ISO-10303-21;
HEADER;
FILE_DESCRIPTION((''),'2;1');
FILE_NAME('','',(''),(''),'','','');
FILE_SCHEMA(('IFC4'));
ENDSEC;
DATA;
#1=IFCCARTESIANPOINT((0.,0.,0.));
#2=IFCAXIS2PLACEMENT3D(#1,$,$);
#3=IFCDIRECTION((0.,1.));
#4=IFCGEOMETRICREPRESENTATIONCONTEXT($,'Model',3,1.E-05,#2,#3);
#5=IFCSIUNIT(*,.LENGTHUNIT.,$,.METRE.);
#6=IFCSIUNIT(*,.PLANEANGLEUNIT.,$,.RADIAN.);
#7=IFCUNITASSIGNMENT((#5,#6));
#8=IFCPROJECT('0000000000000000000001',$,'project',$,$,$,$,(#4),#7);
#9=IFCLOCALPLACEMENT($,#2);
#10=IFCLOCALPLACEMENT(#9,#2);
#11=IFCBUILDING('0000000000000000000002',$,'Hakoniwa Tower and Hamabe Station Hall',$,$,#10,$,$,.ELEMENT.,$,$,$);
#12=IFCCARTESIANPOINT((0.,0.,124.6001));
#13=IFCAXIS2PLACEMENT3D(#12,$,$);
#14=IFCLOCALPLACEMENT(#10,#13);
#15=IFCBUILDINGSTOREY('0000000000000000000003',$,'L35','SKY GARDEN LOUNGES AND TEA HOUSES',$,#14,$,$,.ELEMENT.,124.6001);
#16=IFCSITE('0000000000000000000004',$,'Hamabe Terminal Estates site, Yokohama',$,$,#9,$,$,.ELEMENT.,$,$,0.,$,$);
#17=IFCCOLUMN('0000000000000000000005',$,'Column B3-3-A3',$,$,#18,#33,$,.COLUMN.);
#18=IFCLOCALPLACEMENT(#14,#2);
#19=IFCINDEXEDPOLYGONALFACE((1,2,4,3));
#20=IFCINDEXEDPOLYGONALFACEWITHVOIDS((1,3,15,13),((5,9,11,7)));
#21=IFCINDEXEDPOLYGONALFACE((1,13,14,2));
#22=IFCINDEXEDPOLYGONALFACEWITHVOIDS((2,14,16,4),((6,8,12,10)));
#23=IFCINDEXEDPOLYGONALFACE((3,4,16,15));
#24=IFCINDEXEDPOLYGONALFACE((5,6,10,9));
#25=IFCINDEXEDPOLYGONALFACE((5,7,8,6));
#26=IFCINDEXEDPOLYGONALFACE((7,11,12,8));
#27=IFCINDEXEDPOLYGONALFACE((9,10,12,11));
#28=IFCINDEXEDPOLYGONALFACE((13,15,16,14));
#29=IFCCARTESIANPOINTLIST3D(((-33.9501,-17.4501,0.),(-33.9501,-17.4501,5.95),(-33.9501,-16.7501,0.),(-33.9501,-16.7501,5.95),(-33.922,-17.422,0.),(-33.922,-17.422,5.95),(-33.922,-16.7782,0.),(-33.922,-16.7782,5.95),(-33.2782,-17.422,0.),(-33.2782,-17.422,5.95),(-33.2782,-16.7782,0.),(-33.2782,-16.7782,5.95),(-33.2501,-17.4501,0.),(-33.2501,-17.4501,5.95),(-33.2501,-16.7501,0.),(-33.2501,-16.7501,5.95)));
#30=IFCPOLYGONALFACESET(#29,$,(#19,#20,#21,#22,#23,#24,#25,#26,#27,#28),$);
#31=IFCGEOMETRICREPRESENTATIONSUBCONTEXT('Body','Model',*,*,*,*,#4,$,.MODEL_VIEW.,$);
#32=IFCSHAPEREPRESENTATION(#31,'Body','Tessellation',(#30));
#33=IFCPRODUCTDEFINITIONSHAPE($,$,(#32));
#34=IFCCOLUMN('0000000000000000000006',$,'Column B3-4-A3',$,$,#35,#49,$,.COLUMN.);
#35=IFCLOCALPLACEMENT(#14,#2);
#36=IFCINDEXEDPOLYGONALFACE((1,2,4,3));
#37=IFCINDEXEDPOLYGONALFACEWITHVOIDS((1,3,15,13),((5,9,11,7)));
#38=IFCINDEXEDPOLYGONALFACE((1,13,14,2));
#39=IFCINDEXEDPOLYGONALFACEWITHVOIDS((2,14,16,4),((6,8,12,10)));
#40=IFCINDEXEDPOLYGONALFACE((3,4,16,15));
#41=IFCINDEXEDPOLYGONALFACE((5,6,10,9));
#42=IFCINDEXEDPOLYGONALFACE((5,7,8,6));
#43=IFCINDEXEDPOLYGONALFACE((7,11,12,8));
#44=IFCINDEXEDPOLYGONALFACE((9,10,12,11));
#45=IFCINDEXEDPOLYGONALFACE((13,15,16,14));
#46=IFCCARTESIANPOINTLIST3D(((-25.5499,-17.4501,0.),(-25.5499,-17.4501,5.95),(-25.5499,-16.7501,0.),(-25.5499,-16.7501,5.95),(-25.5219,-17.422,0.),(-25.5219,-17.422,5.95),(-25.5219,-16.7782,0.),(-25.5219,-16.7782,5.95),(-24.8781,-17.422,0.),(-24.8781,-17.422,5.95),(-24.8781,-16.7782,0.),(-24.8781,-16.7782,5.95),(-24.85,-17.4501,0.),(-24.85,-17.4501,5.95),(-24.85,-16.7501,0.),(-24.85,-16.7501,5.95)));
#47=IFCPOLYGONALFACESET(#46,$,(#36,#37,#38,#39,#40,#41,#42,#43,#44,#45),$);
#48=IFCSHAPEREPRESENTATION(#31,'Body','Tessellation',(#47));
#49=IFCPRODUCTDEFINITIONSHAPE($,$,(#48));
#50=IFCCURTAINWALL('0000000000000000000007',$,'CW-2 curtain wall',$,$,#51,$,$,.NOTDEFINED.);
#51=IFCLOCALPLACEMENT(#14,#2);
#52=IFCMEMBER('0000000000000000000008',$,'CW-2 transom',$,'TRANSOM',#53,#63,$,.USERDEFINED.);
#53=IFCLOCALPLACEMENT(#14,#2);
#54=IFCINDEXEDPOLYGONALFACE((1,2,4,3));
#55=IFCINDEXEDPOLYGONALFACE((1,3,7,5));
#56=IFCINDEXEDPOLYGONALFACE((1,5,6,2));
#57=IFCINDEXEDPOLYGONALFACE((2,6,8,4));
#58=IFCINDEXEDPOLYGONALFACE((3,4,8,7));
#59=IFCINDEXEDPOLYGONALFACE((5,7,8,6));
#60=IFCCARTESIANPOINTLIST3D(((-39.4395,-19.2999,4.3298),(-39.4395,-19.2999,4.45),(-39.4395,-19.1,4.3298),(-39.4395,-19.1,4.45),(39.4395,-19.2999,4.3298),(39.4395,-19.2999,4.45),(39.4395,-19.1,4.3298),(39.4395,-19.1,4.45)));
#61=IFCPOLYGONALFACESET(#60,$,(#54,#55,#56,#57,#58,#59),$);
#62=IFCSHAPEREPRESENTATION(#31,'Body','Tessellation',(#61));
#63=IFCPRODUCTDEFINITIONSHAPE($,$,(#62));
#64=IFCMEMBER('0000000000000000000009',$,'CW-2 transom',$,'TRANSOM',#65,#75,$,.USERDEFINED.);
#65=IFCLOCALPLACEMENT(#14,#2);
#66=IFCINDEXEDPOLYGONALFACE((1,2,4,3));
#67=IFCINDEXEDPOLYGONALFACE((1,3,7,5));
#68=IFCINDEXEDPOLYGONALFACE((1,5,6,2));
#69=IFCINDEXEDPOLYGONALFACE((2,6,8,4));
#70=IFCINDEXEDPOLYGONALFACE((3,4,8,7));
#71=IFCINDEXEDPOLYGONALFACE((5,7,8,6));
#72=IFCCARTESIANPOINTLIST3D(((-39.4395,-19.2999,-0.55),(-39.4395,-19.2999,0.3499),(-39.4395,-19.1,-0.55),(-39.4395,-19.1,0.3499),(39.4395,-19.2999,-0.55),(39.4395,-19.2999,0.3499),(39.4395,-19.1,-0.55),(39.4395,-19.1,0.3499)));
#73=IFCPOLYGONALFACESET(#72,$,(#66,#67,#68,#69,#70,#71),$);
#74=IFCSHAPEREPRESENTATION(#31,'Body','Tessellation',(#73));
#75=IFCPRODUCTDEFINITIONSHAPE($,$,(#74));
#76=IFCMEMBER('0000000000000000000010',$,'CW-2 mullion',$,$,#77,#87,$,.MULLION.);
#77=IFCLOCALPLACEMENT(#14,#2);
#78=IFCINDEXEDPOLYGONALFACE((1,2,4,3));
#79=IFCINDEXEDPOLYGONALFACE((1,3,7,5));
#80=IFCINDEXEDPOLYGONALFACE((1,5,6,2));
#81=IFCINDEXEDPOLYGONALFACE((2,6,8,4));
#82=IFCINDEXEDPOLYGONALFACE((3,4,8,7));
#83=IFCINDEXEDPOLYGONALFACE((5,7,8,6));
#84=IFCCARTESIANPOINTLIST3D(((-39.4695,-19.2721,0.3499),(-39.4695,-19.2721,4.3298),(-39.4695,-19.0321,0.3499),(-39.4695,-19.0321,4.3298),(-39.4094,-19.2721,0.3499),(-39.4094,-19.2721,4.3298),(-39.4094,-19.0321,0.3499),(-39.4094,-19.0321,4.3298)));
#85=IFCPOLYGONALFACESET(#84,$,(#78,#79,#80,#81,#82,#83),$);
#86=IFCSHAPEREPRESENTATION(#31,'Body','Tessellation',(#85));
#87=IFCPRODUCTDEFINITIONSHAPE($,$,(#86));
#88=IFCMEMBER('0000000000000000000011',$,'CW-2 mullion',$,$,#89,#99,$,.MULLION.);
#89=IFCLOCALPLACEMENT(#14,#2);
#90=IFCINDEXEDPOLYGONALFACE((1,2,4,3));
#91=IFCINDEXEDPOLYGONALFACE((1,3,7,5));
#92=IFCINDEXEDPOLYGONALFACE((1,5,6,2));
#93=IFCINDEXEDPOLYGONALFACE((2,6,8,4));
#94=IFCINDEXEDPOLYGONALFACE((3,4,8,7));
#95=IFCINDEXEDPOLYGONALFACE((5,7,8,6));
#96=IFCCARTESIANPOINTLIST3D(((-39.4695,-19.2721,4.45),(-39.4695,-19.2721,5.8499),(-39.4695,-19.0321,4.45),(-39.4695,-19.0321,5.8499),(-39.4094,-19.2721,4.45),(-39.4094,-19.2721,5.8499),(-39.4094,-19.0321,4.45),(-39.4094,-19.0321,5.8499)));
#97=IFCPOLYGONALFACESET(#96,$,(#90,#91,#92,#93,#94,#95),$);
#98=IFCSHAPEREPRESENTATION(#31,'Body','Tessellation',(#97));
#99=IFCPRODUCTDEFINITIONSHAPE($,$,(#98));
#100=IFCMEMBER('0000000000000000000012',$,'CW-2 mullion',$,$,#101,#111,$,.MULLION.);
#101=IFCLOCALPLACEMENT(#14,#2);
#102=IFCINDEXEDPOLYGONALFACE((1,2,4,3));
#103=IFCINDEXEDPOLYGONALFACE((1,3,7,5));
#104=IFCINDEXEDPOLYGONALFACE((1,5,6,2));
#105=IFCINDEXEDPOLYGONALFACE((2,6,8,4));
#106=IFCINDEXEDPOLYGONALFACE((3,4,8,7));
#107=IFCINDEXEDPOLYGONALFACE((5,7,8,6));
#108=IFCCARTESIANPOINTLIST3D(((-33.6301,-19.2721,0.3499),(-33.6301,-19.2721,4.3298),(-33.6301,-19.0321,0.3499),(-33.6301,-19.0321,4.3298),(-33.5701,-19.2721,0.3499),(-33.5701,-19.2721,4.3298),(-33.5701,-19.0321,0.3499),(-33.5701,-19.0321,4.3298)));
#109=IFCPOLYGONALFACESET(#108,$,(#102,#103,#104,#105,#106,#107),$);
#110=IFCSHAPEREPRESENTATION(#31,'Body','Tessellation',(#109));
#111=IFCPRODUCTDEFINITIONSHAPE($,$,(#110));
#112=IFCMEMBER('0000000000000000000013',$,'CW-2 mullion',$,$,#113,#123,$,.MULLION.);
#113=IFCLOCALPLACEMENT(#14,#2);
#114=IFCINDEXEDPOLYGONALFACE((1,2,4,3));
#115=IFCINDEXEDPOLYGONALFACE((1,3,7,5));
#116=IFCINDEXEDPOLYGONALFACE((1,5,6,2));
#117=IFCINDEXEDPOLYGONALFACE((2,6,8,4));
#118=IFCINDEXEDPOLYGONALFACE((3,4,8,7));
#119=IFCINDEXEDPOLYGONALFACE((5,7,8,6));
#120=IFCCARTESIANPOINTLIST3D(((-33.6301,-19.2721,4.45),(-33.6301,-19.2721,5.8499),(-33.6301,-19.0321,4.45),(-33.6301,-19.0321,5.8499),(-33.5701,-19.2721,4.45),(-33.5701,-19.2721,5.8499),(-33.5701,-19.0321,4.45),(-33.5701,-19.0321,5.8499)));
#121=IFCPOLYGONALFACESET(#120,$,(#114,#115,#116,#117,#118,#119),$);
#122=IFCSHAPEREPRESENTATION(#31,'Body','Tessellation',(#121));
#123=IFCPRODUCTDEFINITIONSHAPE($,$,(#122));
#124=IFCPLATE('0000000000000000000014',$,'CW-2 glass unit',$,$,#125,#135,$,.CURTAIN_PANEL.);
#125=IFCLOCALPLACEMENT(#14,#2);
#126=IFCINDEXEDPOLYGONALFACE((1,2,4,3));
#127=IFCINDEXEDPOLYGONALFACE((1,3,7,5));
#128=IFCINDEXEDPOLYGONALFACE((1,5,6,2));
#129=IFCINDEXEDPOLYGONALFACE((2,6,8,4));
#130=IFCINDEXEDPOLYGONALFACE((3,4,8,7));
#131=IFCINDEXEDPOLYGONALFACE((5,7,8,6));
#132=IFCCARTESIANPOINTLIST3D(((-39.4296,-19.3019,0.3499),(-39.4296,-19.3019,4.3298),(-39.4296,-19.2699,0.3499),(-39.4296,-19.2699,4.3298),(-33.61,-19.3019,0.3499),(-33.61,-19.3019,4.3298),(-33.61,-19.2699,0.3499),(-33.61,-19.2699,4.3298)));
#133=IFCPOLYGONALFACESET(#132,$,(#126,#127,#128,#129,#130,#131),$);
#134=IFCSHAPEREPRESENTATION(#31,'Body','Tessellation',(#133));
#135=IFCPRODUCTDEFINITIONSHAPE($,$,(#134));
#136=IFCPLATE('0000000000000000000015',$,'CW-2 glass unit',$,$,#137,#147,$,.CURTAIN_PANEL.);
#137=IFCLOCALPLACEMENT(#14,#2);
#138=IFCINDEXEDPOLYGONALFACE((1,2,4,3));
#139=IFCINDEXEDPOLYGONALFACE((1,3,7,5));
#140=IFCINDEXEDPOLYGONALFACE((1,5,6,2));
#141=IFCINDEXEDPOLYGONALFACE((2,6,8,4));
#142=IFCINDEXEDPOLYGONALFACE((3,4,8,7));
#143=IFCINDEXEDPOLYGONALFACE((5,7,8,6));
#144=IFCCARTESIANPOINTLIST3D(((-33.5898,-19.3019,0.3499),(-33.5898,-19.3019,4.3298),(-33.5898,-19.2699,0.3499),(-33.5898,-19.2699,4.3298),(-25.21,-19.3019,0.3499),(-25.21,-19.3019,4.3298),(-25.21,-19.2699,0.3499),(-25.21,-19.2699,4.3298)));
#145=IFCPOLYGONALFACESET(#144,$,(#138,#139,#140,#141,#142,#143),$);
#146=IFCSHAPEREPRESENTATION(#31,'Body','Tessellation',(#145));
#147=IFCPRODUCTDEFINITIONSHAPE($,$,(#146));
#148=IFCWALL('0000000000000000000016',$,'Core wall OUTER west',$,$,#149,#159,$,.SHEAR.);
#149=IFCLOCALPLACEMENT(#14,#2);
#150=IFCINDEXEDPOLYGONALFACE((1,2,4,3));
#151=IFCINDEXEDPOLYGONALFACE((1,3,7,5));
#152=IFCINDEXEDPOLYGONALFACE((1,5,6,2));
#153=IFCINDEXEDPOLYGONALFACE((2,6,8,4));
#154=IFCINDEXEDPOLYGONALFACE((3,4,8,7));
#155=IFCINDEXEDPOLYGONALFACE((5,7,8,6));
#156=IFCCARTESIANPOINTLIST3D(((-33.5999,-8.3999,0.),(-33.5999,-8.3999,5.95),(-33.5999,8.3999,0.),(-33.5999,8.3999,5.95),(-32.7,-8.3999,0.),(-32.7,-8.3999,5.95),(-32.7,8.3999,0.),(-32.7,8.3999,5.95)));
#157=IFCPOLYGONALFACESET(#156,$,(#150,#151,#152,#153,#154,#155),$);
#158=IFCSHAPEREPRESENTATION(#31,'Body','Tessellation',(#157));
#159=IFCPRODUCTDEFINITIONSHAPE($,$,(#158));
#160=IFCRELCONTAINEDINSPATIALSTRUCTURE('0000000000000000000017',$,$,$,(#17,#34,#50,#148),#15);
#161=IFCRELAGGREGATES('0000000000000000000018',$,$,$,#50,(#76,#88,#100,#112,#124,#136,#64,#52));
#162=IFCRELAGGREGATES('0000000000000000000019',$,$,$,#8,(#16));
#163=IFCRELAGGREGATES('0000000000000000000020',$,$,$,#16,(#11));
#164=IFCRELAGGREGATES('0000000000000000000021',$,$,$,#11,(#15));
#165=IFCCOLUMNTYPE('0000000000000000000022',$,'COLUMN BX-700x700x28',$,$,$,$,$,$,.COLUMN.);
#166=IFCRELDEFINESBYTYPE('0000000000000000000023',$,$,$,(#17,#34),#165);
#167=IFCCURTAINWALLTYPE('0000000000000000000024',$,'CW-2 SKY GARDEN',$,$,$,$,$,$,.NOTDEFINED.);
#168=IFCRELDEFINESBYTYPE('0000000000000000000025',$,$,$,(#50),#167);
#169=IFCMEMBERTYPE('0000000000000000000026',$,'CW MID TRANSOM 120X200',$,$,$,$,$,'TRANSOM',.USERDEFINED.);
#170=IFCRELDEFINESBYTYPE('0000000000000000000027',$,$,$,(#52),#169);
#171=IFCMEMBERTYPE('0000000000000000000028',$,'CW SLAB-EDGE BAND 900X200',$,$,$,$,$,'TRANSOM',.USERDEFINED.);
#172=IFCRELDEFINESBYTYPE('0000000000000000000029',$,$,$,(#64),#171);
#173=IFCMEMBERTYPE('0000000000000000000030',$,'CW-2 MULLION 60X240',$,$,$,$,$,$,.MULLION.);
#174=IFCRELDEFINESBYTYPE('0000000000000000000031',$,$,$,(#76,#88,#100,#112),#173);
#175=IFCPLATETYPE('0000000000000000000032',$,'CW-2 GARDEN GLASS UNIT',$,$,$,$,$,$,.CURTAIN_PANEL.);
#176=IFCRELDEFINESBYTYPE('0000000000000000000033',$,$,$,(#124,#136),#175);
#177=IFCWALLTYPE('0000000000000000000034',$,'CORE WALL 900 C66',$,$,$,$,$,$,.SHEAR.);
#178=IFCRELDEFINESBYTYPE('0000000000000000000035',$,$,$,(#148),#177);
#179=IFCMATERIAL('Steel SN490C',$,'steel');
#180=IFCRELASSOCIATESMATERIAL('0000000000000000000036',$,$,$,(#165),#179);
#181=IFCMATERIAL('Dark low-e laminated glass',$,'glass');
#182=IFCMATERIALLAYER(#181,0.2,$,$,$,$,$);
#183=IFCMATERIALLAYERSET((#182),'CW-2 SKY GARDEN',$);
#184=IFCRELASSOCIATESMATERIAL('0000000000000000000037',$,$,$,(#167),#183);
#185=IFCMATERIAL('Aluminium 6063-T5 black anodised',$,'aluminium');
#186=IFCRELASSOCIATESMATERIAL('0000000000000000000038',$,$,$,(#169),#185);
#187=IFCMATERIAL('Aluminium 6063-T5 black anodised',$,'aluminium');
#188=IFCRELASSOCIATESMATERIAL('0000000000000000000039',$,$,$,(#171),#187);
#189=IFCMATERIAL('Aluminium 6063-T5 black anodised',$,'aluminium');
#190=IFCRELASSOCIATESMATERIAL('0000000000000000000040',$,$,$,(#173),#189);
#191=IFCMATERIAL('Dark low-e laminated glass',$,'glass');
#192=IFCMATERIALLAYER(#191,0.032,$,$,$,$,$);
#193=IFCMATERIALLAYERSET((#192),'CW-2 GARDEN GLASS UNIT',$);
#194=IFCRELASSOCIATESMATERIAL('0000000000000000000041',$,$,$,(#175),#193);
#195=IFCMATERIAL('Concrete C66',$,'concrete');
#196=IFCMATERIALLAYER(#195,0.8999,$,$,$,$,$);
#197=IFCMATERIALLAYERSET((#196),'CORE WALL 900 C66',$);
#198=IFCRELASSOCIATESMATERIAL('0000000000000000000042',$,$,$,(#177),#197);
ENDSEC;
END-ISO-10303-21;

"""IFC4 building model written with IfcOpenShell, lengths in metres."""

from ifc_helpers import new_model, si_unit, direction, frame, frame_2d, origin, origin_2d, place, context, subcontext, project, spatial, rectangle, hollow_rectangle, extrude, material, layer, layer_set, material_profile, profile_set, type_object, element, aggregate, save


model = new_model("IFC4")

# Units and contexts
model_context = context("Model", 3, precision=1e-05, world=origin(), true_north=direction((0.0, 1.0)))
body_context = subcontext(model_context, "Body", "Model", "MODEL_VIEW")
ifc_project = project(units=[si_unit("LENGTHUNIT", "METRE"), si_unit("PLANEANGLEUNIT", "RADIAN")], contexts=[model_context])

# Site, building, storey
site_placement = place(None, origin())
site = spatial("IfcSite", under=ifc_project, at=site_placement, Name="Hamabe Terminal Estates site, Yokohama", CompositionType="ELEMENT", RefElevation=0.0)
building_placement = place(site_placement, origin())
building = spatial("IfcBuilding", under=site, at=building_placement, Name="Hakoniwa Tower and Hamabe Station Hall", CompositionType="ELEMENT")
storey_placement = place(building_placement, frame((0.0, 0.0, 124.6001)))
storey = spatial("IfcBuildingStorey", under=building, at=storey_placement, Name="L35", Description="SKY GARDEN LOUNGES AND TEA HOUSES", CompositionType="ELEMENT", Elevation=124.6001)

# Columns
ifc_material_1 = material(Name="Steel SN490C", Category="steel")
ifc_material_profile_1 = material_profile(ifc_material_1, hollow_rectangle(XDim=0.7, YDim=0.7, WallThickness=0.0281, at=origin_2d()), Name="BX-700x700x28")
ifc_profile_set_1 = profile_set([ifc_material_profile_1], Name="Steel SN490C")
column_type = type_object("IfcColumnType", Name="COLUMN BX-700x700x28", PredefinedType="COLUMN", material=ifc_profile_set_1)
for number, where, z_axis, x_axis, name in (
    (1, (-33.6001, -17.1001, 0.0), (0.0, 0.0, 1.0), (1.0, 0.0, 0.0), "Column B3-3-A3"),
    (2, (-25.2, -17.1001, 0.0), (0.0, 0.0, 1.0), (1.0, 0.0, 0.0), "Column B3-4-A3"),
):
    element("IfcColumn", number, at=place(storey_placement, frame(where, z_axis=z_axis, x_axis=x_axis)), inside=storey, type_object=column_type, Name=name, PredefinedType="COLUMN", context=body_context, shape_type="SweptSolid", body=[
        extrude(hollow_rectangle(XDim=0.7, YDim=0.7, WallThickness=0.0281, at=origin_2d()), origin(), (0.0, 0.0, 1.0), 5.95),
    ])

# Curtain wall, members, plates
ifc_material_2 = material(Name="Dark low-e laminated glass", Category="glass")
ifc_layer_1 = layer(ifc_material_2, 0.2)
ifc_layer_set_1 = layer_set([ifc_layer_1], Name="CW-2 SKY GARDEN")
curtain_wall_type = type_object("IfcCurtainWallType", Name="CW-2 SKY GARDEN", PredefinedType="NOTDEFINED", material=ifc_layer_set_1)
curtain_wall_placement = place(storey_placement, origin())
curtain_wall = element("IfcCurtainWall", 3, at=curtain_wall_placement, inside=storey, type_object=curtain_wall_type, Name="CW-2 curtain wall", PredefinedType="NOTDEFINED")
ifc_material_3 = material(Name="Aluminium 6063-T5 black anodised", Category="aluminium")
ifc_material_profile_2 = material_profile(ifc_material_3, rectangle(XDim=0.2, YDim=0.1201, at=origin_2d()), Name="CW MID TRANSOM 120X200")
ifc_profile_set_2 = profile_set([ifc_material_profile_2], Name="Aluminium 6063-T5 black anodised")
member_type_1 = type_object("IfcMemberType", Name="CW MID TRANSOM 120X200", ElementType="TRANSOM", PredefinedType="USERDEFINED", material=ifc_profile_set_2)
member_1_placement = place(storey_placement, frame((-39.4395, -19.2, 4.3899), z_axis=(1.0, 0.0, 0.0), x_axis=(0.0, 1.0, 0.0)))
member_1 = element("IfcMember", 4, at=member_1_placement, type_object=member_type_1, Name="CW-2 transom", ObjectType="TRANSOM", PredefinedType="USERDEFINED", context=body_context, shape_type="SweptSolid", body=[
    extrude(rectangle(XDim=0.2, YDim=0.1201, at=origin_2d()), origin(), (0.0, 0.0, 1.0), 78.8789),
])
ifc_material_4 = material(Name="Aluminium 6063-T5 black anodised", Category="aluminium")
ifc_material_profile_3 = material_profile(ifc_material_4, rectangle(XDim=0.2, YDim=0.8999, at=origin_2d()), Name="CW SLAB-EDGE BAND 900X200")
ifc_profile_set_3 = profile_set([ifc_material_profile_3], Name="Aluminium 6063-T5 black anodised")
member_type_2 = type_object("IfcMemberType", Name="CW SLAB-EDGE BAND 900X200", ElementType="TRANSOM", PredefinedType="USERDEFINED", material=ifc_profile_set_3)
member_2_placement = place(storey_placement, frame((-39.4395, -19.2, -0.1001), z_axis=(1.0, 0.0, 0.0), x_axis=(0.0, 1.0, 0.0)))
member_2 = element("IfcMember", 5, at=member_2_placement, type_object=member_type_2, Name="CW-2 transom", ObjectType="TRANSOM", PredefinedType="USERDEFINED", context=body_context, shape_type="SweptSolid", body=[
    extrude(rectangle(XDim=0.2, YDim=0.8999, at=origin_2d()), origin(), (0.0, 0.0, 1.0), 78.8789),
])
ifc_material_5 = material(Name="Aluminium 6063-T5 black anodised", Category="aluminium")
ifc_material_profile_4 = material_profile(ifc_material_5, rectangle(XDim=0.0601, YDim=0.24, at=origin_2d()), Name="CW-2 MULLION 60X240")
ifc_profile_set_4 = profile_set([ifc_material_profile_4], Name="Aluminium 6063-T5 black anodised")
member_type_3 = type_object("IfcMemberType", Name="CW-2 MULLION 60X240", PredefinedType="MULLION", material=ifc_profile_set_4)
member_3_placement = place(storey_placement, frame((-39.4395, -19.1521, 0.3499), z_axis=(0.0, 0.0, 1.0), x_axis=(1.0, 0.0, 0.0)))
member_3 = element("IfcMember", 6, at=member_3_placement, type_object=member_type_3, Name="CW-2 mullion", PredefinedType="MULLION", context=body_context, shape_type="SweptSolid", body=[
    extrude(rectangle(XDim=0.0601, YDim=0.24, at=origin_2d()), origin(), (0.0, 0.0, 1.0), 3.98),
])
member_4_placement = place(storey_placement, frame((-39.4395, -19.1521, 4.45), z_axis=(0.0, 0.0, 1.0), x_axis=(1.0, 0.0, 0.0)))
member_4 = element("IfcMember", 7, at=member_4_placement, type_object=member_type_3, Name="CW-2 mullion", PredefinedType="MULLION", context=body_context, shape_type="SweptSolid", body=[
    extrude(rectangle(XDim=0.0601, YDim=0.24, at=origin_2d()), origin(), (0.0, 0.0, 1.0), 1.3999),
])
member_5_placement = place(storey_placement, frame((-33.6001, -19.1521, 0.3499), z_axis=(0.0, 0.0, 1.0), x_axis=(1.0, 0.0, 0.0)))
member_5 = element("IfcMember", 8, at=member_5_placement, type_object=member_type_3, Name="CW-2 mullion", PredefinedType="MULLION", context=body_context, shape_type="SweptSolid", body=[
    extrude(rectangle(XDim=0.0601, YDim=0.24, at=origin_2d()), origin(), (0.0, 0.0, 1.0), 3.98),
])
member_6_placement = place(storey_placement, frame((-33.6001, -19.1521, 4.45), z_axis=(0.0, 0.0, 1.0), x_axis=(1.0, 0.0, 0.0)))
member_6 = element("IfcMember", 9, at=member_6_placement, type_object=member_type_3, Name="CW-2 mullion", PredefinedType="MULLION", context=body_context, shape_type="SweptSolid", body=[
    extrude(rectangle(XDim=0.0601, YDim=0.24, at=origin_2d()), origin(), (0.0, 0.0, 1.0), 1.3999),
])
ifc_material_6 = material(Name="Dark low-e laminated glass", Category="glass")
ifc_layer_2 = layer(ifc_material_6, 0.032)
ifc_layer_set_2 = layer_set([ifc_layer_2], Name="CW-2 GARDEN GLASS UNIT")
plate_type = type_object("IfcPlateType", Name="CW-2 GARDEN GLASS UNIT", PredefinedType="CURTAIN_PANEL", material=ifc_layer_set_2)
plate_1_placement = place(storey_placement, frame((-36.5198, -19.2859, 0.3499), z_axis=(0.0, 0.0, 1.0), x_axis=(1.0, 0.0, 0.0)))
plate_1 = element("IfcPlate", 10, at=plate_1_placement, type_object=plate_type, Name="CW-2 glass unit", PredefinedType="CURTAIN_PANEL", context=body_context, shape_type="SweptSolid", body=[
    extrude(rectangle(XDim=5.8196, YDim=0.032, at=origin_2d()), origin(), (0.0, 0.0, 1.0), 3.98),
])
plate_2_placement = place(storey_placement, frame((-29.3999, -19.2859, 0.3499), z_axis=(0.0, 0.0, 1.0), x_axis=(1.0, 0.0, 0.0)))
plate_2 = element("IfcPlate", 11, at=plate_2_placement, type_object=plate_type, Name="CW-2 glass unit", PredefinedType="CURTAIN_PANEL", context=body_context, shape_type="SweptSolid", body=[
    extrude(rectangle(XDim=8.3799, YDim=0.032, at=origin_2d()), origin(), (0.0, 0.0, 1.0), 3.98),
])

# Wall
ifc_material_7 = material(Name="Concrete C66", Category="concrete")
ifc_layer_3 = layer(ifc_material_7, 0.8999)
ifc_layer_set_3 = layer_set([ifc_layer_3], Name="CORE WALL 900 C66")
wall_type_1 = type_object("IfcWallType", Name="CORE WALL 900 C66", PredefinedType="SHEAR", material=ifc_layer_set_3)
wall_1_placement = place(storey_placement, frame((-33.1499, -8.3999, 0.0), z_axis=(0.0, 0.0, 1.0), x_axis=(0.0, 1.0, 0.0)))
element("IfcWall", 12, at=wall_1_placement, inside=storey, type_object=wall_type_1, Name="Core wall OUTER west", PredefinedType="SHEAR", context=body_context, shape_type="SweptSolid", body=[
    extrude(rectangle(XDim=16.7998, YDim=0.8999, at=frame_2d((8.3999, 0.0))), origin(), (0.0, 0.0, 1.0), 5.95),
])

aggregate(curtain_wall, [member_3, member_4, member_5, member_6, plate_1, plate_2, member_2, member_1])

save(model, "model.ifc")
